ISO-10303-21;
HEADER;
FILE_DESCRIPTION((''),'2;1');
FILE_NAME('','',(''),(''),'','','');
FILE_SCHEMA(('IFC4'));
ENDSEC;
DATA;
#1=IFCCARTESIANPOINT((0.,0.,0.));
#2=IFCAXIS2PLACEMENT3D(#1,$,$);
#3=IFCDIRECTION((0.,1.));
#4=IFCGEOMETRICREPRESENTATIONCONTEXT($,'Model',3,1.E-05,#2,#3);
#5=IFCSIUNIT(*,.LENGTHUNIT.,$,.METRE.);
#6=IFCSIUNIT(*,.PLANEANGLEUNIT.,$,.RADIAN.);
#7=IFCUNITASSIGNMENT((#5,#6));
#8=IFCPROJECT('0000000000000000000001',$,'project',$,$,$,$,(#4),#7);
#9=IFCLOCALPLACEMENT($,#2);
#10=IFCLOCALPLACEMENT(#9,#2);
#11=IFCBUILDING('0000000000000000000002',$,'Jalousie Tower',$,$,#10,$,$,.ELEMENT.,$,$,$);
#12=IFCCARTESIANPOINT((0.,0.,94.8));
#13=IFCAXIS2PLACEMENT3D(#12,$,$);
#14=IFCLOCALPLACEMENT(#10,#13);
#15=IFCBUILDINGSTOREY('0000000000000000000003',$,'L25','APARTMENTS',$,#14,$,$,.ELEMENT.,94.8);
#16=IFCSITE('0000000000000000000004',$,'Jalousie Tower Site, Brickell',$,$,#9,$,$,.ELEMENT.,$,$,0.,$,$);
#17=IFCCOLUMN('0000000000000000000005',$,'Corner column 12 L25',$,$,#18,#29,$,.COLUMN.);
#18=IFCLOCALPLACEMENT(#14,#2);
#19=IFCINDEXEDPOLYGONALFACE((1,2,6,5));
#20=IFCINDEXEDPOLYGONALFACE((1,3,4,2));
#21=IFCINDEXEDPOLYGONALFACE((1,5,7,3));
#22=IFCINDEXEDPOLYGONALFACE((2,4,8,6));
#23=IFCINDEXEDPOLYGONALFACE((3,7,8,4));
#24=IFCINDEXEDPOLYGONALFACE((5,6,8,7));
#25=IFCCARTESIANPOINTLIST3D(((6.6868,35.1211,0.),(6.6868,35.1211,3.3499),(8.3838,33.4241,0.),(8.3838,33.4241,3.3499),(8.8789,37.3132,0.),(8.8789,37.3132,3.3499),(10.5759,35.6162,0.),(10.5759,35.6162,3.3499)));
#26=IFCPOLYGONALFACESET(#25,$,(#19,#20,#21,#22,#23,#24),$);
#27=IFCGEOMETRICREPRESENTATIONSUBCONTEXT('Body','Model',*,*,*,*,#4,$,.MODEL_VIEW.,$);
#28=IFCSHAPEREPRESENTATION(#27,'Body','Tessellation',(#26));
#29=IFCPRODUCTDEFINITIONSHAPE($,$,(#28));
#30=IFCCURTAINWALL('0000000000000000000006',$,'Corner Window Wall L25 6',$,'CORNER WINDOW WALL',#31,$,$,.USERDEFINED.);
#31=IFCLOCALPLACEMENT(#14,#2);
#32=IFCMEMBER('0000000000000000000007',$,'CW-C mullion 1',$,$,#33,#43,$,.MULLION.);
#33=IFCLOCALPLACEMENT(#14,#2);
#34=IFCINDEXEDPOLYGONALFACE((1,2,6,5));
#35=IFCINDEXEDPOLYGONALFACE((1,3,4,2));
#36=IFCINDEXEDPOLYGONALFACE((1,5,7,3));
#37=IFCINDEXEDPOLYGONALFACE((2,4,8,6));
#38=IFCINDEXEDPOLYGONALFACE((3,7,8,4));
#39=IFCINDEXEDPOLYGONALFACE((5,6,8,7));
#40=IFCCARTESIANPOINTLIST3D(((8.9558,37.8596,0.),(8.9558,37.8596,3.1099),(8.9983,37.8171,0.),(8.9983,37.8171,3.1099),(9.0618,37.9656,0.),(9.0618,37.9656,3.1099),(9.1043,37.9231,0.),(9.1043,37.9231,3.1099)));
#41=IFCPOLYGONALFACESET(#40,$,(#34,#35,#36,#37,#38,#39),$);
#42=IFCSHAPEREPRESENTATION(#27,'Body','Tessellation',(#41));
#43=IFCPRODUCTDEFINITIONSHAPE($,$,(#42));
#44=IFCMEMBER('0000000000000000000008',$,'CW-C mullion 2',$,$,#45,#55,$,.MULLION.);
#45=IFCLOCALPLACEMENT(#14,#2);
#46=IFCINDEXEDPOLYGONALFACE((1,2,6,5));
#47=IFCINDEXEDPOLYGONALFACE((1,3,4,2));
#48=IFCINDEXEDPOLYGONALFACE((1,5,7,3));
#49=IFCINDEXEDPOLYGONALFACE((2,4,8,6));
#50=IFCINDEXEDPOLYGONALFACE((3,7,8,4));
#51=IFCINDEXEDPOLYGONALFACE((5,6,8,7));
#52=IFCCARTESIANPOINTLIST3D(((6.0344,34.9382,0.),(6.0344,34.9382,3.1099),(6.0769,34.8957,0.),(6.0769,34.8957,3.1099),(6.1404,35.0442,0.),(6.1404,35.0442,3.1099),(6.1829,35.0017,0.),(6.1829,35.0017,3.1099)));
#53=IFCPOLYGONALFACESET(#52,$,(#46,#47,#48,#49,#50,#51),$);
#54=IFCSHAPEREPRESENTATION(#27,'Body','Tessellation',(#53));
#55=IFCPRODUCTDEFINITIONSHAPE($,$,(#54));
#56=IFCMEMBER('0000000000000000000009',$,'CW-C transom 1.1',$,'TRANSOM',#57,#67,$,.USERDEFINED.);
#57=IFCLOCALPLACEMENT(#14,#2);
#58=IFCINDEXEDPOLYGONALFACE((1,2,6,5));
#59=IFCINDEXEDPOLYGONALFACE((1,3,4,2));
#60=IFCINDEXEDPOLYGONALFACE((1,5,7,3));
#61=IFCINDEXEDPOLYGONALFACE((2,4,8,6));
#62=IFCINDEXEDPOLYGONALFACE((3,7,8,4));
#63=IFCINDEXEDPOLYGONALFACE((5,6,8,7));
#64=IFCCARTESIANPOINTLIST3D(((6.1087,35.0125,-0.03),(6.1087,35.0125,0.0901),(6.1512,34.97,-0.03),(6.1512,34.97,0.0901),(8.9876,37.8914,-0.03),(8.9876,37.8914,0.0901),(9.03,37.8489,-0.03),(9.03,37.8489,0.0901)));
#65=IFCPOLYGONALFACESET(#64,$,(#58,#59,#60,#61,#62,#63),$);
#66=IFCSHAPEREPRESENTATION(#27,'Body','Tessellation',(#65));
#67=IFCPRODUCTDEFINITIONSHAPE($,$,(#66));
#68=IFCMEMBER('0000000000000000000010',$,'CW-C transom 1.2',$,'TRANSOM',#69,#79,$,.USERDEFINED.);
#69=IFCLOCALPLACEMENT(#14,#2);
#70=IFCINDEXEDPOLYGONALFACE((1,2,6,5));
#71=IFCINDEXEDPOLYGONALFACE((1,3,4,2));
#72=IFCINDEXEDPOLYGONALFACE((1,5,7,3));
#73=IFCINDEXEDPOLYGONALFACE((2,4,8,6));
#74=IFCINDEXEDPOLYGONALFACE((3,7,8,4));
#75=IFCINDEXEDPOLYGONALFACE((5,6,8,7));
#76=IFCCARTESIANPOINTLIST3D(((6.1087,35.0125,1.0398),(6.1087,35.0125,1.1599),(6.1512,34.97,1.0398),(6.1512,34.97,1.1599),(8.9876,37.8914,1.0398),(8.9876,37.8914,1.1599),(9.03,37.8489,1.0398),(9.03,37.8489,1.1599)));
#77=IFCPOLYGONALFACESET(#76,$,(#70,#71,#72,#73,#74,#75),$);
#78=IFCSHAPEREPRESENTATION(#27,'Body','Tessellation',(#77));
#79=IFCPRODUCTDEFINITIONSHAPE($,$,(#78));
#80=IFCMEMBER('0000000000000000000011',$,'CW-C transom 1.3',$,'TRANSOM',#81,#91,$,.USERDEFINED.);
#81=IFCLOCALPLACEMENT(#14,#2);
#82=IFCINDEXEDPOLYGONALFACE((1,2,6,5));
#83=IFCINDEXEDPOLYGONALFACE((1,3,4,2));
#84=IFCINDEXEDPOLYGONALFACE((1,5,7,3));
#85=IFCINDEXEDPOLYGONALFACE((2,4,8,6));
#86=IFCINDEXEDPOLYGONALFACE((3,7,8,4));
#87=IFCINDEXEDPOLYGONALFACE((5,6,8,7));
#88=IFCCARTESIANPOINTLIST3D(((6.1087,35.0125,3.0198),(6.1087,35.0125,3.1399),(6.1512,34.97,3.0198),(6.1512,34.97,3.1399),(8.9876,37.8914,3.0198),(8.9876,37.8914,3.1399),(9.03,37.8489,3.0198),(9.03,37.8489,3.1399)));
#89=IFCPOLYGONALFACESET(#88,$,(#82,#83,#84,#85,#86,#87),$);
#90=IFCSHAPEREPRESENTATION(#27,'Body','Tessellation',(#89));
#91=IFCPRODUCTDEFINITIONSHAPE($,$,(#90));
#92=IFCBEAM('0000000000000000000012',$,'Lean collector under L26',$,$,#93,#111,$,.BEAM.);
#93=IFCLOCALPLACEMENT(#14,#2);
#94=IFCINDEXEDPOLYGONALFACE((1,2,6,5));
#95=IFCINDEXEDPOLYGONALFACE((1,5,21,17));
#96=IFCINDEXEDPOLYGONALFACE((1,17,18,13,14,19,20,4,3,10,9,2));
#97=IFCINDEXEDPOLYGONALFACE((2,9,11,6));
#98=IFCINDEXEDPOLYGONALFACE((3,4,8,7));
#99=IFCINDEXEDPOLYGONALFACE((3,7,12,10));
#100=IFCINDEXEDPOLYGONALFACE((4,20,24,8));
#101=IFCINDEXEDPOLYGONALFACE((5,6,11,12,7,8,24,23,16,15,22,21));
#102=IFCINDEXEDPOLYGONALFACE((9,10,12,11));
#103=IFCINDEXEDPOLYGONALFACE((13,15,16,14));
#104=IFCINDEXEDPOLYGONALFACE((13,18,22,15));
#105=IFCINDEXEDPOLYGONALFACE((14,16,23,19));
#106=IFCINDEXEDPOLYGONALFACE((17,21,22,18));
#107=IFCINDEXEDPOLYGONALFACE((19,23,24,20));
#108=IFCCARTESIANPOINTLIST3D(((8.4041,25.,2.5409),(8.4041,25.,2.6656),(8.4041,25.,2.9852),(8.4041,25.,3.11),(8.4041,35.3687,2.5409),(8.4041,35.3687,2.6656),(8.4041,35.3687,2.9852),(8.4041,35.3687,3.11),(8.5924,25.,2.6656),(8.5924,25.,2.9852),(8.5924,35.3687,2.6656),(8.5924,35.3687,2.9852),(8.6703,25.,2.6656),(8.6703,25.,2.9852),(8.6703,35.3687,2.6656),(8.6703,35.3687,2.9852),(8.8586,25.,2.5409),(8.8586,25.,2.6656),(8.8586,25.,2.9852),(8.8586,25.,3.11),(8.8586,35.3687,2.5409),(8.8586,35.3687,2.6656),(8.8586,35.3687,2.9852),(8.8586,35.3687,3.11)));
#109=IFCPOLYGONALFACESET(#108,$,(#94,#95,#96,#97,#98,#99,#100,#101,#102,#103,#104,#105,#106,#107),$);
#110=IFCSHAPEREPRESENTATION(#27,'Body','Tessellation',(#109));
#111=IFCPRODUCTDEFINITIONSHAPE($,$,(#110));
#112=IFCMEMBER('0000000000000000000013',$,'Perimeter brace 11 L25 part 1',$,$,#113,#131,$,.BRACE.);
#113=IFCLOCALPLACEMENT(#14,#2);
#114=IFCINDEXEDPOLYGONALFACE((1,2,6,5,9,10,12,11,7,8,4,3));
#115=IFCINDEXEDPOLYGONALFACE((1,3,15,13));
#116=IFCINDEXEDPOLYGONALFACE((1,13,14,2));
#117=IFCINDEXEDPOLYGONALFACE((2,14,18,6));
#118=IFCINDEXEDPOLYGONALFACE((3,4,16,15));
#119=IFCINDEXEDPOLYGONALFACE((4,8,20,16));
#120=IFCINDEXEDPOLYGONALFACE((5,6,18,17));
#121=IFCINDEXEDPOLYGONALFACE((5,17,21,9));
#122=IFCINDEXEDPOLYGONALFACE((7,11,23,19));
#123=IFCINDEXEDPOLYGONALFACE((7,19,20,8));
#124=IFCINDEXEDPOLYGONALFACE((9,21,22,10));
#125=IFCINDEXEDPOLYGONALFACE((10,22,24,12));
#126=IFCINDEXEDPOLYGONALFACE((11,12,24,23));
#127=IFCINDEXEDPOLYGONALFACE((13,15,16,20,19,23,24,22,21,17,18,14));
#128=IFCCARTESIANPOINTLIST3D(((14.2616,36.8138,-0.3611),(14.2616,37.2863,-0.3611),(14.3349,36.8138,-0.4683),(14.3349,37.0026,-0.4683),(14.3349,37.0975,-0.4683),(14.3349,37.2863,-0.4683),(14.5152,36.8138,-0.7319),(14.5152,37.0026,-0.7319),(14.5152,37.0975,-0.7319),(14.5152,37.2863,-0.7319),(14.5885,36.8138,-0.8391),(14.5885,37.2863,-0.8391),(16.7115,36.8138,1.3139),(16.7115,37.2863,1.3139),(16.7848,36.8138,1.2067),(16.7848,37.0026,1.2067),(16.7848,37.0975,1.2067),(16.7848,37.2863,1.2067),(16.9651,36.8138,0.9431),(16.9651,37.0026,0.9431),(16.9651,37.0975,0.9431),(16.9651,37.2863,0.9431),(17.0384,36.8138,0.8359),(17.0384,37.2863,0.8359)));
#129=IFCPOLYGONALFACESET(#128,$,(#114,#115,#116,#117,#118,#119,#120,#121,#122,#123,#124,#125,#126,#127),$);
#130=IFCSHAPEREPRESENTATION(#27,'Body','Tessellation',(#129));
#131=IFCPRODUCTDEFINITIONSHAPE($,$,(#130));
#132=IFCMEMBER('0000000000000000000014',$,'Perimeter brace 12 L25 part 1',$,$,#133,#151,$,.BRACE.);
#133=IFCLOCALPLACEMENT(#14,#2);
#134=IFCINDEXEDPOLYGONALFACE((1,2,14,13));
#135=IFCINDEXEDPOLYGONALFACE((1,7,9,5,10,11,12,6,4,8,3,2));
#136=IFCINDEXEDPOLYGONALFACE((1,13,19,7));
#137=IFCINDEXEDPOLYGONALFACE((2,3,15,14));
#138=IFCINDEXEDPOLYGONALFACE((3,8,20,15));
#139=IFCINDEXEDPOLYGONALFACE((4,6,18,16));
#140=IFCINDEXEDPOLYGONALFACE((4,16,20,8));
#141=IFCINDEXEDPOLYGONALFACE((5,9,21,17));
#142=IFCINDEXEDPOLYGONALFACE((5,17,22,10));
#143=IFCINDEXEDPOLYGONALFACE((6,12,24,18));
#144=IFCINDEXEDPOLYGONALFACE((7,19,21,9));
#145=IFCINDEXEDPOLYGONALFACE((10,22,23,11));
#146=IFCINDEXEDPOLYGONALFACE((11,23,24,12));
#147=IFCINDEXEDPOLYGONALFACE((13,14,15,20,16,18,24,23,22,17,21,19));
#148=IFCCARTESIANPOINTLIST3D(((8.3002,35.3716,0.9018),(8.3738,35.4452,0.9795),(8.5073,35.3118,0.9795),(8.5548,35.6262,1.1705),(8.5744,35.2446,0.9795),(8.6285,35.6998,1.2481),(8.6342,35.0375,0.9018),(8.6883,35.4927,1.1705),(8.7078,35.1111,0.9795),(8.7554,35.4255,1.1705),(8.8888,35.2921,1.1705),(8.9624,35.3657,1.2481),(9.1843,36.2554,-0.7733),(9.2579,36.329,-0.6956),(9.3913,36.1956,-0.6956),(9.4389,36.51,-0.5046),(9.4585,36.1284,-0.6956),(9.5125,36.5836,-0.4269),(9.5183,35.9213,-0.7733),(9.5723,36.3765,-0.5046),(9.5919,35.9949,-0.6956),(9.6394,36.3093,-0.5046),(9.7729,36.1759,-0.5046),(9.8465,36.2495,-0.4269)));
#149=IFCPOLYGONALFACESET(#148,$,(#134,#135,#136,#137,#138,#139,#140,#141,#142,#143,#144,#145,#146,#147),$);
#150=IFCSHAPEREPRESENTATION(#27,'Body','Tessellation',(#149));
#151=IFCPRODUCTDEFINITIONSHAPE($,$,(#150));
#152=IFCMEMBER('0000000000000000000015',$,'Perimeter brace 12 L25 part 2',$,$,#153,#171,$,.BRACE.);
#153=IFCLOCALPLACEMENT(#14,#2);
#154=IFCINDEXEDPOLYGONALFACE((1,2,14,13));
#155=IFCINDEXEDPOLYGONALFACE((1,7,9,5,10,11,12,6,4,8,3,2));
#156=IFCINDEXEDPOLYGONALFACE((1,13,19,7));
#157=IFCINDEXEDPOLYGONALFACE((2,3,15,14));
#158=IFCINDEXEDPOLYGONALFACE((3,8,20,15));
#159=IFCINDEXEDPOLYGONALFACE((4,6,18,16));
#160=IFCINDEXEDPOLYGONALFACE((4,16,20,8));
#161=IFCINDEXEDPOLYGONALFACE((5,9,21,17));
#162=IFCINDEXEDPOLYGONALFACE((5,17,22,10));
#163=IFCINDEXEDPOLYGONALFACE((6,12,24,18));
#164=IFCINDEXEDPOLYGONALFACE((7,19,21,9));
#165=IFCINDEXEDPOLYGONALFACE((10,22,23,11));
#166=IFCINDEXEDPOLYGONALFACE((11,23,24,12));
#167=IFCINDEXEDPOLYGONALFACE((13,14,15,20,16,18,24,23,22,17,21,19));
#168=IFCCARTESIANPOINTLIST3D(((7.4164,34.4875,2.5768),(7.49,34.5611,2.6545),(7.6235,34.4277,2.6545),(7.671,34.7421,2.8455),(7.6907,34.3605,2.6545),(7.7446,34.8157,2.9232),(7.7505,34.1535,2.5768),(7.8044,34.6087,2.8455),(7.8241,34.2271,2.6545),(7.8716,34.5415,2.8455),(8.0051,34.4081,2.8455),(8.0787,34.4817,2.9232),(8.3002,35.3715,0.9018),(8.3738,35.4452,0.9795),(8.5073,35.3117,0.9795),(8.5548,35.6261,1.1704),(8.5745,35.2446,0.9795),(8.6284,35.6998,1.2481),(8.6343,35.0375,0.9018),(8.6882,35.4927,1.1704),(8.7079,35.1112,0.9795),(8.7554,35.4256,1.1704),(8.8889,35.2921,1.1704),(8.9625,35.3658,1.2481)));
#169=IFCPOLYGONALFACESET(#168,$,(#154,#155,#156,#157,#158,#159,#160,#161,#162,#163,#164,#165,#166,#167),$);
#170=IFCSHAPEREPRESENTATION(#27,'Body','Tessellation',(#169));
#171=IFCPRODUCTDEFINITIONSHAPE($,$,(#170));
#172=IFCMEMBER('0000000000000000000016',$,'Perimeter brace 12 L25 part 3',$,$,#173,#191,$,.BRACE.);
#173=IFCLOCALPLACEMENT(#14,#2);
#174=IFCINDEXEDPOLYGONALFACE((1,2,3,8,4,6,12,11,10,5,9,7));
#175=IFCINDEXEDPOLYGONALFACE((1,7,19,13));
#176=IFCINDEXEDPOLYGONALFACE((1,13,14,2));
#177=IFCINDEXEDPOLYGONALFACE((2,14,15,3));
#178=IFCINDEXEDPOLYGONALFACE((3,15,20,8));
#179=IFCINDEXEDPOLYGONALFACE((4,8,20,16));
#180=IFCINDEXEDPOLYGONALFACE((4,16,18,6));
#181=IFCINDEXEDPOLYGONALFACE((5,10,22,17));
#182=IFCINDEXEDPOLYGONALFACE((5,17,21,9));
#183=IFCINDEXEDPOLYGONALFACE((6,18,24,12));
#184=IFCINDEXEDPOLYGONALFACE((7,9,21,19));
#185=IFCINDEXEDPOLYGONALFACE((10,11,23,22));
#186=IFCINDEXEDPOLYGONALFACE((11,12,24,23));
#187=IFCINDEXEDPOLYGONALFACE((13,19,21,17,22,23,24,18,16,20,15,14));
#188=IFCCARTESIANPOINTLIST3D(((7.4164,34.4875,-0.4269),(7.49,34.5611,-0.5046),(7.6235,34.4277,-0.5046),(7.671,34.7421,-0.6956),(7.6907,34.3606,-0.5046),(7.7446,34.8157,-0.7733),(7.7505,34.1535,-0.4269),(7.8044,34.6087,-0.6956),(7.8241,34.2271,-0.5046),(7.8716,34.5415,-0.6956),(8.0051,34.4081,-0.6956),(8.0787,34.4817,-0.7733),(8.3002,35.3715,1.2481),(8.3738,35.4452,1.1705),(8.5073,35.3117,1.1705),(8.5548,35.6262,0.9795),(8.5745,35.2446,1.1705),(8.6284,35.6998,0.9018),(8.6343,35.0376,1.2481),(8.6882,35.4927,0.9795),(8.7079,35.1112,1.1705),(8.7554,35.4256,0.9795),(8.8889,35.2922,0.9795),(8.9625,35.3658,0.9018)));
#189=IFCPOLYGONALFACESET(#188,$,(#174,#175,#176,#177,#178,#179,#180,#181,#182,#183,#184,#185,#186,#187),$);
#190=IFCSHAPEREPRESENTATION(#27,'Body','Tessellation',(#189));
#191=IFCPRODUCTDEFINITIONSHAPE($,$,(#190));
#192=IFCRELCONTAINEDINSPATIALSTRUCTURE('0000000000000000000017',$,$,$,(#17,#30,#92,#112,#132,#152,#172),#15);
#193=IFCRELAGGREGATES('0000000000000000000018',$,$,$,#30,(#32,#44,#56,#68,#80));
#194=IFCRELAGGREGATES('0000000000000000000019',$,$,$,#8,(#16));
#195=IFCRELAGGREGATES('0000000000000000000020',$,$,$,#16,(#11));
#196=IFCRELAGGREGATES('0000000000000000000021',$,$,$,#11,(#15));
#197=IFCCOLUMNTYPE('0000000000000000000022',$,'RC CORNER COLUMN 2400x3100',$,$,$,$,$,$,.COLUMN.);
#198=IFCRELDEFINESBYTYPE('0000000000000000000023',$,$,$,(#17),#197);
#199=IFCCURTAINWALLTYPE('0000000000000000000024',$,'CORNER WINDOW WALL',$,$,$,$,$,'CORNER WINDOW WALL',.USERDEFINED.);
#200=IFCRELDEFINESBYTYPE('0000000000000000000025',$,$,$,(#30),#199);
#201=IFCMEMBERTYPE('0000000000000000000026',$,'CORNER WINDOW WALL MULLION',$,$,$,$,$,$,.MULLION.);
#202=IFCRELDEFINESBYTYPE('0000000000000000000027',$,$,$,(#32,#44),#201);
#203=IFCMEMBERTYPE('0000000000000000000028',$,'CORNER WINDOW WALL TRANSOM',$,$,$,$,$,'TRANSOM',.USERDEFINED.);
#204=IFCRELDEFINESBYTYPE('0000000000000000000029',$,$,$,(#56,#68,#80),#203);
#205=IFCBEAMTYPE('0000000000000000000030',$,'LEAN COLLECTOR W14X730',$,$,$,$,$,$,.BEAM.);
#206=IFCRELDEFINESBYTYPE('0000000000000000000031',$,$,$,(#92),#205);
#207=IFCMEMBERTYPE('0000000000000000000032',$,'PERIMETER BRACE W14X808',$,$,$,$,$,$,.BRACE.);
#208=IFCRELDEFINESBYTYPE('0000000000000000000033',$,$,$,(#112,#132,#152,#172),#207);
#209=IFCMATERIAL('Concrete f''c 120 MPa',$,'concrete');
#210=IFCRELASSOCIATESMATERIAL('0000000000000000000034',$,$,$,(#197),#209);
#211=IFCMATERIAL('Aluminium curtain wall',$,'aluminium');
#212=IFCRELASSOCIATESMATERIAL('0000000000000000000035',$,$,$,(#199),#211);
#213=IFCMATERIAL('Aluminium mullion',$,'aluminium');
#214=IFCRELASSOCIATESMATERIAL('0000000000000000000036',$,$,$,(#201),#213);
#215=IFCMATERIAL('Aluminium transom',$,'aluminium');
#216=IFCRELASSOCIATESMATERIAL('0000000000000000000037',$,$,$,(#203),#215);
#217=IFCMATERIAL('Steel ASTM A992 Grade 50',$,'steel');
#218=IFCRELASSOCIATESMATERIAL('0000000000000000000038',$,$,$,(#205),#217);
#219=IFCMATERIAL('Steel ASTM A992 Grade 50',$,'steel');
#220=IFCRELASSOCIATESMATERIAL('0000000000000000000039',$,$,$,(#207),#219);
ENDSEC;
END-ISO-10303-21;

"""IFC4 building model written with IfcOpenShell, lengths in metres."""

from ifc_helpers import new_model, si_unit, direction, frame, origin, origin_2d, place, context, subcontext, project, spatial, rectangle, i_section, extrude, material, material_profile, profile_set, type_object, element, aggregate, save


model = new_model("IFC4")

# Units and contexts
model_context = context("Model", 3, precision=1e-05, world=origin(), true_north=direction((0.0, 1.0)))
body_context = subcontext(model_context, "Body", "Model", "MODEL_VIEW")
ifc_project = project(units=[si_unit("LENGTHUNIT", "METRE"), si_unit("PLANEANGLEUNIT", "RADIAN")], contexts=[model_context])

# Site, building, storey
site_placement = place(None, origin())
site = spatial("IfcSite", under=ifc_project, at=site_placement, Name="Jalousie Tower Site, Brickell", CompositionType="ELEMENT", RefElevation=0.0)
building_placement = place(site_placement, origin())
building = spatial("IfcBuilding", under=site, at=building_placement, Name="Jalousie Tower", CompositionType="ELEMENT")
storey_placement = place(building_placement, frame((0.0, 0.0, 94.8)))
storey = spatial("IfcBuildingStorey", under=building, at=storey_placement, Name="L25", Description="APARTMENTS", CompositionType="ELEMENT", Elevation=94.8)

# Column
ifc_material_1 = material(Name="Concrete f'c 120 MPa", Category="concrete")
ifc_material_profile_1 = material_profile(ifc_material_1, rectangle(XDim=2.3999, YDim=3.1001, at=origin_2d()), Name="RC 2400x3100")
ifc_profile_set_1 = profile_set([ifc_material_profile_1], Name="Concrete f'c 120 MPa")
column_type = type_object("IfcColumnType", Name="RC CORNER COLUMN 2400x3100", PredefinedType="COLUMN", material=ifc_profile_set_1)
column_placement = place(storey_placement, frame((8.6313, 35.3687, 0.0), z_axis=(0.0, 0.0, 1.0), x_axis=(0.707107, -0.707107, 0.0)))
element("IfcColumn", 1, at=column_placement, inside=storey, type_object=column_type, Name="Corner column 12 L25", PredefinedType="COLUMN", context=body_context, shape_type="SweptSolid", body=[
    extrude(rectangle(XDim=2.3999, YDim=3.1001, at=origin_2d()), origin(), (0.0, 0.0, 1.0), 3.3499),
])

# Curtain wall, members
ifc_material_2 = material(Name="Aluminium curtain wall", Category="aluminium")
curtain_wall_type_1 = type_object("IfcCurtainWallType", Name="CORNER WINDOW WALL", ElementType="CORNER WINDOW WALL", PredefinedType="USERDEFINED", material=ifc_material_2)
curtain_wall_1_placement = place(storey_placement, origin())
curtain_wall_1 = element("IfcCurtainWall", 2, at=curtain_wall_1_placement, inside=storey, type_object=curtain_wall_type_1, Name="Corner Window Wall L25 6", ObjectType="CORNER WINDOW WALL", PredefinedType="USERDEFINED")
ifc_material_3 = material(Name="Aluminium mullion", Category="aluminium")
ifc_material_profile_2 = material_profile(ifc_material_3, rectangle(XDim=0.0601, YDim=0.1499, at=origin_2d()), Name="MULLION 60x150")
ifc_profile_set_2 = profile_set([ifc_material_profile_2], Name="Aluminium mullion")
member_type_1 = type_object("IfcMemberType", Name="CORNER WINDOW WALL MULLION", PredefinedType="MULLION", material=ifc_profile_set_2)
member_1_placement = place(storey_placement, frame((9.03, 37.8914, 0.0), z_axis=(0.0, 0.0, 1.0), x_axis=(0.707107, -0.707107, 0.0)))
member_1 = element("IfcMember", 3, at=member_1_placement, type_object=member_type_1, Name="CW-C mullion 1", PredefinedType="MULLION", context=body_context, shape_type="SweptSolid", body=[
    extrude(rectangle(XDim=0.0601, YDim=0.1499, at=origin_2d()), origin(), (0.0, 0.0, 1.0), 3.1099),
])
member_2_placement = place(storey_placement, frame((6.1086, 34.97, 0.0), z_axis=(0.0, 0.0, 1.0), x_axis=(0.707107, -0.707107, 0.0)))
member_2 = element("IfcMember", 4, at=member_2_placement, type_object=member_type_1, Name="CW-C mullion 2", PredefinedType="MULLION", context=body_context, shape_type="SweptSolid", body=[
    extrude(rectangle(XDim=0.0601, YDim=0.1499, at=origin_2d()), origin(), (0.0, 0.0, 1.0), 3.1099),
])
ifc_material_4 = material(Name="Aluminium transom", Category="aluminium")
ifc_material_profile_3 = material_profile(ifc_material_4, rectangle(XDim=0.0601, YDim=0.1201, at=origin_2d()), Name="TRANSOM 60x120")
ifc_profile_set_3 = profile_set([ifc_material_profile_3], Name="Aluminium transom")
member_type_2 = type_object("IfcMemberType", Name="CORNER WINDOW WALL TRANSOM", ElementType="TRANSOM", PredefinedType="USERDEFINED", material=ifc_profile_set_3)
member_3_placement = place(storey_placement, frame((9.0088, 37.8701, 0.03), z_axis=(-0.707107, -0.707107, 0.0), x_axis=(0.707107, -0.707107, 0.0)))
member_3 = element("IfcMember", 5, at=member_3_placement, type_object=member_type_2, Name="CW-C transom 1.1", ObjectType="TRANSOM", PredefinedType="USERDEFINED", context=body_context, shape_type="SweptSolid", body=[
    extrude(rectangle(XDim=0.0601, YDim=0.1201, at=origin_2d()), origin(), (0.0, 0.0, 1.0), 4.0713),
])
member_4_placement = place(storey_placement, frame((9.0088, 37.8701, 1.0999), z_axis=(-0.707107, -0.707107, 0.0), x_axis=(0.707107, -0.707107, 0.0)))
member_4 = element("IfcMember", 6, at=member_4_placement, type_object=member_type_2, Name="CW-C transom 1.2", ObjectType="TRANSOM", PredefinedType="USERDEFINED", context=body_context, shape_type="SweptSolid", body=[
    extrude(rectangle(XDim=0.0601, YDim=0.1201, at=origin_2d()), origin(), (0.0, 0.0, 1.0), 4.0713),
])
member_5_placement = place(storey_placement, frame((9.0088, 37.8701, 3.0798), z_axis=(-0.707107, -0.707107, 0.0), x_axis=(0.707107, -0.707107, 0.0)))
member_5 = element("IfcMember", 7, at=member_5_placement, type_object=member_type_2, Name="CW-C transom 1.3", ObjectType="TRANSOM", PredefinedType="USERDEFINED", context=body_context, shape_type="SweptSolid", body=[
    extrude(rectangle(XDim=0.0601, YDim=0.1201, at=origin_2d()), origin(), (0.0, 0.0, 1.0), 4.0713),
])

# Beam
ifc_material_5 = material(Name="Steel ASTM A992 Grade 50", Category="steel")
ifc_material_profile_4 = material_profile(ifc_material_5, i_section(OverallWidth=0.4546, OverallDepth=0.5691, WebThickness=0.0779, FlangeThickness=0.1248, at=origin_2d()), Name="W14X730")
ifc_profile_set_4 = profile_set([ifc_material_profile_4], Name="Steel ASTM A992 Grade 50")
beam_type_1 = type_object("IfcBeamType", Name="LEAN COLLECTOR W14X730", PredefinedType="BEAM", material=ifc_profile_set_4)
beam_1_placement = place(storey_placement, frame((8.6313, 35.3687, 2.8254), z_axis=(0.0, -1.0, 0.0), x_axis=(1.0, 0.0, 0.0)))
element("IfcBeam", 8, at=beam_1_placement, inside=storey, type_object=beam_type_1, Name="Lean collector under L26", PredefinedType="BEAM", context=body_context, shape_type="SweptSolid", body=[
    extrude(i_section(OverallWidth=0.4546, OverallDepth=0.5691, WebThickness=0.0779, FlangeThickness=0.1248, at=origin_2d()), origin(), (0.0, 0.0, 1.0), 10.3687),
])

# Members
ifc_material_6 = material(Name="Steel ASTM A992 Grade 50", Category="steel")
ifc_material_profile_5 = material_profile(ifc_material_6, i_section(OverallWidth=0.4724, OverallDepth=0.5791, WebThickness=0.095, FlangeThickness=0.1299, at=origin_2d()), Name="W14X808")
ifc_profile_set_5 = profile_set([ifc_material_profile_5], Name="Steel ASTM A992 Grade 50")
member_type_3 = type_object("IfcMemberType", Name="PERIMETER BRACE W14X808", PredefinedType="BRACE", material=ifc_profile_set_5)
member_6_placement = place(storey_placement, frame((14.425, 37.05, -0.6001), z_axis=(0.825501, 0.0, 0.564401), x_axis=(0.0, 1.0, 0.0)))
element("IfcMember", 9, at=member_6_placement, inside=storey, type_object=member_type_3, Name="Perimeter brace 11 L25 part 1", PredefinedType="BRACE", context=body_context, shape_type="SweptSolid", body=[
    extrude(i_section(OverallWidth=0.4724, OverallDepth=0.5791, WebThickness=0.095, FlangeThickness=0.1299, at=origin_2d()), origin(), (0.0, 0.0, 1.0), 2.9678),
])
for number, where, z_axis, x_axis, name in (
    (10, (9.5154, 36.2524, -0.6001), (-0.422969, -0.422852, 0.801432), (0.707009, -0.707204, 0.0), "Perimeter brace 12 L25 part 1"),
    (11, (8.6313, 35.3687, 1.075), (-0.422852, -0.422969, 0.801432), (0.707204, -0.707009, 0.0), "Perimeter brace 12 L25 part 2"),
    (12, (7.7476, 34.4846, -0.6001), (0.422852, 0.422969, 0.801432), (-0.707204, 0.707009, 0.0), "Perimeter brace 12 L25 part 3"),
):
    element("IfcMember", number, at=place(storey_placement, frame(where, z_axis=z_axis, x_axis=x_axis)), inside=storey, type_object=member_type_3, Name=name, PredefinedType="BRACE", context=body_context, shape_type="SweptSolid", body=[
        extrude(i_section(OverallWidth=0.4724, OverallDepth=0.5791, WebThickness=0.095, FlangeThickness=0.1299, at=origin_2d()), origin(), (0.0, 0.0, 1.0), 2.0901),
    ])

aggregate(curtain_wall_1, [member_1, member_2, member_3, member_4, member_5])

save(model, "model.ifc")
